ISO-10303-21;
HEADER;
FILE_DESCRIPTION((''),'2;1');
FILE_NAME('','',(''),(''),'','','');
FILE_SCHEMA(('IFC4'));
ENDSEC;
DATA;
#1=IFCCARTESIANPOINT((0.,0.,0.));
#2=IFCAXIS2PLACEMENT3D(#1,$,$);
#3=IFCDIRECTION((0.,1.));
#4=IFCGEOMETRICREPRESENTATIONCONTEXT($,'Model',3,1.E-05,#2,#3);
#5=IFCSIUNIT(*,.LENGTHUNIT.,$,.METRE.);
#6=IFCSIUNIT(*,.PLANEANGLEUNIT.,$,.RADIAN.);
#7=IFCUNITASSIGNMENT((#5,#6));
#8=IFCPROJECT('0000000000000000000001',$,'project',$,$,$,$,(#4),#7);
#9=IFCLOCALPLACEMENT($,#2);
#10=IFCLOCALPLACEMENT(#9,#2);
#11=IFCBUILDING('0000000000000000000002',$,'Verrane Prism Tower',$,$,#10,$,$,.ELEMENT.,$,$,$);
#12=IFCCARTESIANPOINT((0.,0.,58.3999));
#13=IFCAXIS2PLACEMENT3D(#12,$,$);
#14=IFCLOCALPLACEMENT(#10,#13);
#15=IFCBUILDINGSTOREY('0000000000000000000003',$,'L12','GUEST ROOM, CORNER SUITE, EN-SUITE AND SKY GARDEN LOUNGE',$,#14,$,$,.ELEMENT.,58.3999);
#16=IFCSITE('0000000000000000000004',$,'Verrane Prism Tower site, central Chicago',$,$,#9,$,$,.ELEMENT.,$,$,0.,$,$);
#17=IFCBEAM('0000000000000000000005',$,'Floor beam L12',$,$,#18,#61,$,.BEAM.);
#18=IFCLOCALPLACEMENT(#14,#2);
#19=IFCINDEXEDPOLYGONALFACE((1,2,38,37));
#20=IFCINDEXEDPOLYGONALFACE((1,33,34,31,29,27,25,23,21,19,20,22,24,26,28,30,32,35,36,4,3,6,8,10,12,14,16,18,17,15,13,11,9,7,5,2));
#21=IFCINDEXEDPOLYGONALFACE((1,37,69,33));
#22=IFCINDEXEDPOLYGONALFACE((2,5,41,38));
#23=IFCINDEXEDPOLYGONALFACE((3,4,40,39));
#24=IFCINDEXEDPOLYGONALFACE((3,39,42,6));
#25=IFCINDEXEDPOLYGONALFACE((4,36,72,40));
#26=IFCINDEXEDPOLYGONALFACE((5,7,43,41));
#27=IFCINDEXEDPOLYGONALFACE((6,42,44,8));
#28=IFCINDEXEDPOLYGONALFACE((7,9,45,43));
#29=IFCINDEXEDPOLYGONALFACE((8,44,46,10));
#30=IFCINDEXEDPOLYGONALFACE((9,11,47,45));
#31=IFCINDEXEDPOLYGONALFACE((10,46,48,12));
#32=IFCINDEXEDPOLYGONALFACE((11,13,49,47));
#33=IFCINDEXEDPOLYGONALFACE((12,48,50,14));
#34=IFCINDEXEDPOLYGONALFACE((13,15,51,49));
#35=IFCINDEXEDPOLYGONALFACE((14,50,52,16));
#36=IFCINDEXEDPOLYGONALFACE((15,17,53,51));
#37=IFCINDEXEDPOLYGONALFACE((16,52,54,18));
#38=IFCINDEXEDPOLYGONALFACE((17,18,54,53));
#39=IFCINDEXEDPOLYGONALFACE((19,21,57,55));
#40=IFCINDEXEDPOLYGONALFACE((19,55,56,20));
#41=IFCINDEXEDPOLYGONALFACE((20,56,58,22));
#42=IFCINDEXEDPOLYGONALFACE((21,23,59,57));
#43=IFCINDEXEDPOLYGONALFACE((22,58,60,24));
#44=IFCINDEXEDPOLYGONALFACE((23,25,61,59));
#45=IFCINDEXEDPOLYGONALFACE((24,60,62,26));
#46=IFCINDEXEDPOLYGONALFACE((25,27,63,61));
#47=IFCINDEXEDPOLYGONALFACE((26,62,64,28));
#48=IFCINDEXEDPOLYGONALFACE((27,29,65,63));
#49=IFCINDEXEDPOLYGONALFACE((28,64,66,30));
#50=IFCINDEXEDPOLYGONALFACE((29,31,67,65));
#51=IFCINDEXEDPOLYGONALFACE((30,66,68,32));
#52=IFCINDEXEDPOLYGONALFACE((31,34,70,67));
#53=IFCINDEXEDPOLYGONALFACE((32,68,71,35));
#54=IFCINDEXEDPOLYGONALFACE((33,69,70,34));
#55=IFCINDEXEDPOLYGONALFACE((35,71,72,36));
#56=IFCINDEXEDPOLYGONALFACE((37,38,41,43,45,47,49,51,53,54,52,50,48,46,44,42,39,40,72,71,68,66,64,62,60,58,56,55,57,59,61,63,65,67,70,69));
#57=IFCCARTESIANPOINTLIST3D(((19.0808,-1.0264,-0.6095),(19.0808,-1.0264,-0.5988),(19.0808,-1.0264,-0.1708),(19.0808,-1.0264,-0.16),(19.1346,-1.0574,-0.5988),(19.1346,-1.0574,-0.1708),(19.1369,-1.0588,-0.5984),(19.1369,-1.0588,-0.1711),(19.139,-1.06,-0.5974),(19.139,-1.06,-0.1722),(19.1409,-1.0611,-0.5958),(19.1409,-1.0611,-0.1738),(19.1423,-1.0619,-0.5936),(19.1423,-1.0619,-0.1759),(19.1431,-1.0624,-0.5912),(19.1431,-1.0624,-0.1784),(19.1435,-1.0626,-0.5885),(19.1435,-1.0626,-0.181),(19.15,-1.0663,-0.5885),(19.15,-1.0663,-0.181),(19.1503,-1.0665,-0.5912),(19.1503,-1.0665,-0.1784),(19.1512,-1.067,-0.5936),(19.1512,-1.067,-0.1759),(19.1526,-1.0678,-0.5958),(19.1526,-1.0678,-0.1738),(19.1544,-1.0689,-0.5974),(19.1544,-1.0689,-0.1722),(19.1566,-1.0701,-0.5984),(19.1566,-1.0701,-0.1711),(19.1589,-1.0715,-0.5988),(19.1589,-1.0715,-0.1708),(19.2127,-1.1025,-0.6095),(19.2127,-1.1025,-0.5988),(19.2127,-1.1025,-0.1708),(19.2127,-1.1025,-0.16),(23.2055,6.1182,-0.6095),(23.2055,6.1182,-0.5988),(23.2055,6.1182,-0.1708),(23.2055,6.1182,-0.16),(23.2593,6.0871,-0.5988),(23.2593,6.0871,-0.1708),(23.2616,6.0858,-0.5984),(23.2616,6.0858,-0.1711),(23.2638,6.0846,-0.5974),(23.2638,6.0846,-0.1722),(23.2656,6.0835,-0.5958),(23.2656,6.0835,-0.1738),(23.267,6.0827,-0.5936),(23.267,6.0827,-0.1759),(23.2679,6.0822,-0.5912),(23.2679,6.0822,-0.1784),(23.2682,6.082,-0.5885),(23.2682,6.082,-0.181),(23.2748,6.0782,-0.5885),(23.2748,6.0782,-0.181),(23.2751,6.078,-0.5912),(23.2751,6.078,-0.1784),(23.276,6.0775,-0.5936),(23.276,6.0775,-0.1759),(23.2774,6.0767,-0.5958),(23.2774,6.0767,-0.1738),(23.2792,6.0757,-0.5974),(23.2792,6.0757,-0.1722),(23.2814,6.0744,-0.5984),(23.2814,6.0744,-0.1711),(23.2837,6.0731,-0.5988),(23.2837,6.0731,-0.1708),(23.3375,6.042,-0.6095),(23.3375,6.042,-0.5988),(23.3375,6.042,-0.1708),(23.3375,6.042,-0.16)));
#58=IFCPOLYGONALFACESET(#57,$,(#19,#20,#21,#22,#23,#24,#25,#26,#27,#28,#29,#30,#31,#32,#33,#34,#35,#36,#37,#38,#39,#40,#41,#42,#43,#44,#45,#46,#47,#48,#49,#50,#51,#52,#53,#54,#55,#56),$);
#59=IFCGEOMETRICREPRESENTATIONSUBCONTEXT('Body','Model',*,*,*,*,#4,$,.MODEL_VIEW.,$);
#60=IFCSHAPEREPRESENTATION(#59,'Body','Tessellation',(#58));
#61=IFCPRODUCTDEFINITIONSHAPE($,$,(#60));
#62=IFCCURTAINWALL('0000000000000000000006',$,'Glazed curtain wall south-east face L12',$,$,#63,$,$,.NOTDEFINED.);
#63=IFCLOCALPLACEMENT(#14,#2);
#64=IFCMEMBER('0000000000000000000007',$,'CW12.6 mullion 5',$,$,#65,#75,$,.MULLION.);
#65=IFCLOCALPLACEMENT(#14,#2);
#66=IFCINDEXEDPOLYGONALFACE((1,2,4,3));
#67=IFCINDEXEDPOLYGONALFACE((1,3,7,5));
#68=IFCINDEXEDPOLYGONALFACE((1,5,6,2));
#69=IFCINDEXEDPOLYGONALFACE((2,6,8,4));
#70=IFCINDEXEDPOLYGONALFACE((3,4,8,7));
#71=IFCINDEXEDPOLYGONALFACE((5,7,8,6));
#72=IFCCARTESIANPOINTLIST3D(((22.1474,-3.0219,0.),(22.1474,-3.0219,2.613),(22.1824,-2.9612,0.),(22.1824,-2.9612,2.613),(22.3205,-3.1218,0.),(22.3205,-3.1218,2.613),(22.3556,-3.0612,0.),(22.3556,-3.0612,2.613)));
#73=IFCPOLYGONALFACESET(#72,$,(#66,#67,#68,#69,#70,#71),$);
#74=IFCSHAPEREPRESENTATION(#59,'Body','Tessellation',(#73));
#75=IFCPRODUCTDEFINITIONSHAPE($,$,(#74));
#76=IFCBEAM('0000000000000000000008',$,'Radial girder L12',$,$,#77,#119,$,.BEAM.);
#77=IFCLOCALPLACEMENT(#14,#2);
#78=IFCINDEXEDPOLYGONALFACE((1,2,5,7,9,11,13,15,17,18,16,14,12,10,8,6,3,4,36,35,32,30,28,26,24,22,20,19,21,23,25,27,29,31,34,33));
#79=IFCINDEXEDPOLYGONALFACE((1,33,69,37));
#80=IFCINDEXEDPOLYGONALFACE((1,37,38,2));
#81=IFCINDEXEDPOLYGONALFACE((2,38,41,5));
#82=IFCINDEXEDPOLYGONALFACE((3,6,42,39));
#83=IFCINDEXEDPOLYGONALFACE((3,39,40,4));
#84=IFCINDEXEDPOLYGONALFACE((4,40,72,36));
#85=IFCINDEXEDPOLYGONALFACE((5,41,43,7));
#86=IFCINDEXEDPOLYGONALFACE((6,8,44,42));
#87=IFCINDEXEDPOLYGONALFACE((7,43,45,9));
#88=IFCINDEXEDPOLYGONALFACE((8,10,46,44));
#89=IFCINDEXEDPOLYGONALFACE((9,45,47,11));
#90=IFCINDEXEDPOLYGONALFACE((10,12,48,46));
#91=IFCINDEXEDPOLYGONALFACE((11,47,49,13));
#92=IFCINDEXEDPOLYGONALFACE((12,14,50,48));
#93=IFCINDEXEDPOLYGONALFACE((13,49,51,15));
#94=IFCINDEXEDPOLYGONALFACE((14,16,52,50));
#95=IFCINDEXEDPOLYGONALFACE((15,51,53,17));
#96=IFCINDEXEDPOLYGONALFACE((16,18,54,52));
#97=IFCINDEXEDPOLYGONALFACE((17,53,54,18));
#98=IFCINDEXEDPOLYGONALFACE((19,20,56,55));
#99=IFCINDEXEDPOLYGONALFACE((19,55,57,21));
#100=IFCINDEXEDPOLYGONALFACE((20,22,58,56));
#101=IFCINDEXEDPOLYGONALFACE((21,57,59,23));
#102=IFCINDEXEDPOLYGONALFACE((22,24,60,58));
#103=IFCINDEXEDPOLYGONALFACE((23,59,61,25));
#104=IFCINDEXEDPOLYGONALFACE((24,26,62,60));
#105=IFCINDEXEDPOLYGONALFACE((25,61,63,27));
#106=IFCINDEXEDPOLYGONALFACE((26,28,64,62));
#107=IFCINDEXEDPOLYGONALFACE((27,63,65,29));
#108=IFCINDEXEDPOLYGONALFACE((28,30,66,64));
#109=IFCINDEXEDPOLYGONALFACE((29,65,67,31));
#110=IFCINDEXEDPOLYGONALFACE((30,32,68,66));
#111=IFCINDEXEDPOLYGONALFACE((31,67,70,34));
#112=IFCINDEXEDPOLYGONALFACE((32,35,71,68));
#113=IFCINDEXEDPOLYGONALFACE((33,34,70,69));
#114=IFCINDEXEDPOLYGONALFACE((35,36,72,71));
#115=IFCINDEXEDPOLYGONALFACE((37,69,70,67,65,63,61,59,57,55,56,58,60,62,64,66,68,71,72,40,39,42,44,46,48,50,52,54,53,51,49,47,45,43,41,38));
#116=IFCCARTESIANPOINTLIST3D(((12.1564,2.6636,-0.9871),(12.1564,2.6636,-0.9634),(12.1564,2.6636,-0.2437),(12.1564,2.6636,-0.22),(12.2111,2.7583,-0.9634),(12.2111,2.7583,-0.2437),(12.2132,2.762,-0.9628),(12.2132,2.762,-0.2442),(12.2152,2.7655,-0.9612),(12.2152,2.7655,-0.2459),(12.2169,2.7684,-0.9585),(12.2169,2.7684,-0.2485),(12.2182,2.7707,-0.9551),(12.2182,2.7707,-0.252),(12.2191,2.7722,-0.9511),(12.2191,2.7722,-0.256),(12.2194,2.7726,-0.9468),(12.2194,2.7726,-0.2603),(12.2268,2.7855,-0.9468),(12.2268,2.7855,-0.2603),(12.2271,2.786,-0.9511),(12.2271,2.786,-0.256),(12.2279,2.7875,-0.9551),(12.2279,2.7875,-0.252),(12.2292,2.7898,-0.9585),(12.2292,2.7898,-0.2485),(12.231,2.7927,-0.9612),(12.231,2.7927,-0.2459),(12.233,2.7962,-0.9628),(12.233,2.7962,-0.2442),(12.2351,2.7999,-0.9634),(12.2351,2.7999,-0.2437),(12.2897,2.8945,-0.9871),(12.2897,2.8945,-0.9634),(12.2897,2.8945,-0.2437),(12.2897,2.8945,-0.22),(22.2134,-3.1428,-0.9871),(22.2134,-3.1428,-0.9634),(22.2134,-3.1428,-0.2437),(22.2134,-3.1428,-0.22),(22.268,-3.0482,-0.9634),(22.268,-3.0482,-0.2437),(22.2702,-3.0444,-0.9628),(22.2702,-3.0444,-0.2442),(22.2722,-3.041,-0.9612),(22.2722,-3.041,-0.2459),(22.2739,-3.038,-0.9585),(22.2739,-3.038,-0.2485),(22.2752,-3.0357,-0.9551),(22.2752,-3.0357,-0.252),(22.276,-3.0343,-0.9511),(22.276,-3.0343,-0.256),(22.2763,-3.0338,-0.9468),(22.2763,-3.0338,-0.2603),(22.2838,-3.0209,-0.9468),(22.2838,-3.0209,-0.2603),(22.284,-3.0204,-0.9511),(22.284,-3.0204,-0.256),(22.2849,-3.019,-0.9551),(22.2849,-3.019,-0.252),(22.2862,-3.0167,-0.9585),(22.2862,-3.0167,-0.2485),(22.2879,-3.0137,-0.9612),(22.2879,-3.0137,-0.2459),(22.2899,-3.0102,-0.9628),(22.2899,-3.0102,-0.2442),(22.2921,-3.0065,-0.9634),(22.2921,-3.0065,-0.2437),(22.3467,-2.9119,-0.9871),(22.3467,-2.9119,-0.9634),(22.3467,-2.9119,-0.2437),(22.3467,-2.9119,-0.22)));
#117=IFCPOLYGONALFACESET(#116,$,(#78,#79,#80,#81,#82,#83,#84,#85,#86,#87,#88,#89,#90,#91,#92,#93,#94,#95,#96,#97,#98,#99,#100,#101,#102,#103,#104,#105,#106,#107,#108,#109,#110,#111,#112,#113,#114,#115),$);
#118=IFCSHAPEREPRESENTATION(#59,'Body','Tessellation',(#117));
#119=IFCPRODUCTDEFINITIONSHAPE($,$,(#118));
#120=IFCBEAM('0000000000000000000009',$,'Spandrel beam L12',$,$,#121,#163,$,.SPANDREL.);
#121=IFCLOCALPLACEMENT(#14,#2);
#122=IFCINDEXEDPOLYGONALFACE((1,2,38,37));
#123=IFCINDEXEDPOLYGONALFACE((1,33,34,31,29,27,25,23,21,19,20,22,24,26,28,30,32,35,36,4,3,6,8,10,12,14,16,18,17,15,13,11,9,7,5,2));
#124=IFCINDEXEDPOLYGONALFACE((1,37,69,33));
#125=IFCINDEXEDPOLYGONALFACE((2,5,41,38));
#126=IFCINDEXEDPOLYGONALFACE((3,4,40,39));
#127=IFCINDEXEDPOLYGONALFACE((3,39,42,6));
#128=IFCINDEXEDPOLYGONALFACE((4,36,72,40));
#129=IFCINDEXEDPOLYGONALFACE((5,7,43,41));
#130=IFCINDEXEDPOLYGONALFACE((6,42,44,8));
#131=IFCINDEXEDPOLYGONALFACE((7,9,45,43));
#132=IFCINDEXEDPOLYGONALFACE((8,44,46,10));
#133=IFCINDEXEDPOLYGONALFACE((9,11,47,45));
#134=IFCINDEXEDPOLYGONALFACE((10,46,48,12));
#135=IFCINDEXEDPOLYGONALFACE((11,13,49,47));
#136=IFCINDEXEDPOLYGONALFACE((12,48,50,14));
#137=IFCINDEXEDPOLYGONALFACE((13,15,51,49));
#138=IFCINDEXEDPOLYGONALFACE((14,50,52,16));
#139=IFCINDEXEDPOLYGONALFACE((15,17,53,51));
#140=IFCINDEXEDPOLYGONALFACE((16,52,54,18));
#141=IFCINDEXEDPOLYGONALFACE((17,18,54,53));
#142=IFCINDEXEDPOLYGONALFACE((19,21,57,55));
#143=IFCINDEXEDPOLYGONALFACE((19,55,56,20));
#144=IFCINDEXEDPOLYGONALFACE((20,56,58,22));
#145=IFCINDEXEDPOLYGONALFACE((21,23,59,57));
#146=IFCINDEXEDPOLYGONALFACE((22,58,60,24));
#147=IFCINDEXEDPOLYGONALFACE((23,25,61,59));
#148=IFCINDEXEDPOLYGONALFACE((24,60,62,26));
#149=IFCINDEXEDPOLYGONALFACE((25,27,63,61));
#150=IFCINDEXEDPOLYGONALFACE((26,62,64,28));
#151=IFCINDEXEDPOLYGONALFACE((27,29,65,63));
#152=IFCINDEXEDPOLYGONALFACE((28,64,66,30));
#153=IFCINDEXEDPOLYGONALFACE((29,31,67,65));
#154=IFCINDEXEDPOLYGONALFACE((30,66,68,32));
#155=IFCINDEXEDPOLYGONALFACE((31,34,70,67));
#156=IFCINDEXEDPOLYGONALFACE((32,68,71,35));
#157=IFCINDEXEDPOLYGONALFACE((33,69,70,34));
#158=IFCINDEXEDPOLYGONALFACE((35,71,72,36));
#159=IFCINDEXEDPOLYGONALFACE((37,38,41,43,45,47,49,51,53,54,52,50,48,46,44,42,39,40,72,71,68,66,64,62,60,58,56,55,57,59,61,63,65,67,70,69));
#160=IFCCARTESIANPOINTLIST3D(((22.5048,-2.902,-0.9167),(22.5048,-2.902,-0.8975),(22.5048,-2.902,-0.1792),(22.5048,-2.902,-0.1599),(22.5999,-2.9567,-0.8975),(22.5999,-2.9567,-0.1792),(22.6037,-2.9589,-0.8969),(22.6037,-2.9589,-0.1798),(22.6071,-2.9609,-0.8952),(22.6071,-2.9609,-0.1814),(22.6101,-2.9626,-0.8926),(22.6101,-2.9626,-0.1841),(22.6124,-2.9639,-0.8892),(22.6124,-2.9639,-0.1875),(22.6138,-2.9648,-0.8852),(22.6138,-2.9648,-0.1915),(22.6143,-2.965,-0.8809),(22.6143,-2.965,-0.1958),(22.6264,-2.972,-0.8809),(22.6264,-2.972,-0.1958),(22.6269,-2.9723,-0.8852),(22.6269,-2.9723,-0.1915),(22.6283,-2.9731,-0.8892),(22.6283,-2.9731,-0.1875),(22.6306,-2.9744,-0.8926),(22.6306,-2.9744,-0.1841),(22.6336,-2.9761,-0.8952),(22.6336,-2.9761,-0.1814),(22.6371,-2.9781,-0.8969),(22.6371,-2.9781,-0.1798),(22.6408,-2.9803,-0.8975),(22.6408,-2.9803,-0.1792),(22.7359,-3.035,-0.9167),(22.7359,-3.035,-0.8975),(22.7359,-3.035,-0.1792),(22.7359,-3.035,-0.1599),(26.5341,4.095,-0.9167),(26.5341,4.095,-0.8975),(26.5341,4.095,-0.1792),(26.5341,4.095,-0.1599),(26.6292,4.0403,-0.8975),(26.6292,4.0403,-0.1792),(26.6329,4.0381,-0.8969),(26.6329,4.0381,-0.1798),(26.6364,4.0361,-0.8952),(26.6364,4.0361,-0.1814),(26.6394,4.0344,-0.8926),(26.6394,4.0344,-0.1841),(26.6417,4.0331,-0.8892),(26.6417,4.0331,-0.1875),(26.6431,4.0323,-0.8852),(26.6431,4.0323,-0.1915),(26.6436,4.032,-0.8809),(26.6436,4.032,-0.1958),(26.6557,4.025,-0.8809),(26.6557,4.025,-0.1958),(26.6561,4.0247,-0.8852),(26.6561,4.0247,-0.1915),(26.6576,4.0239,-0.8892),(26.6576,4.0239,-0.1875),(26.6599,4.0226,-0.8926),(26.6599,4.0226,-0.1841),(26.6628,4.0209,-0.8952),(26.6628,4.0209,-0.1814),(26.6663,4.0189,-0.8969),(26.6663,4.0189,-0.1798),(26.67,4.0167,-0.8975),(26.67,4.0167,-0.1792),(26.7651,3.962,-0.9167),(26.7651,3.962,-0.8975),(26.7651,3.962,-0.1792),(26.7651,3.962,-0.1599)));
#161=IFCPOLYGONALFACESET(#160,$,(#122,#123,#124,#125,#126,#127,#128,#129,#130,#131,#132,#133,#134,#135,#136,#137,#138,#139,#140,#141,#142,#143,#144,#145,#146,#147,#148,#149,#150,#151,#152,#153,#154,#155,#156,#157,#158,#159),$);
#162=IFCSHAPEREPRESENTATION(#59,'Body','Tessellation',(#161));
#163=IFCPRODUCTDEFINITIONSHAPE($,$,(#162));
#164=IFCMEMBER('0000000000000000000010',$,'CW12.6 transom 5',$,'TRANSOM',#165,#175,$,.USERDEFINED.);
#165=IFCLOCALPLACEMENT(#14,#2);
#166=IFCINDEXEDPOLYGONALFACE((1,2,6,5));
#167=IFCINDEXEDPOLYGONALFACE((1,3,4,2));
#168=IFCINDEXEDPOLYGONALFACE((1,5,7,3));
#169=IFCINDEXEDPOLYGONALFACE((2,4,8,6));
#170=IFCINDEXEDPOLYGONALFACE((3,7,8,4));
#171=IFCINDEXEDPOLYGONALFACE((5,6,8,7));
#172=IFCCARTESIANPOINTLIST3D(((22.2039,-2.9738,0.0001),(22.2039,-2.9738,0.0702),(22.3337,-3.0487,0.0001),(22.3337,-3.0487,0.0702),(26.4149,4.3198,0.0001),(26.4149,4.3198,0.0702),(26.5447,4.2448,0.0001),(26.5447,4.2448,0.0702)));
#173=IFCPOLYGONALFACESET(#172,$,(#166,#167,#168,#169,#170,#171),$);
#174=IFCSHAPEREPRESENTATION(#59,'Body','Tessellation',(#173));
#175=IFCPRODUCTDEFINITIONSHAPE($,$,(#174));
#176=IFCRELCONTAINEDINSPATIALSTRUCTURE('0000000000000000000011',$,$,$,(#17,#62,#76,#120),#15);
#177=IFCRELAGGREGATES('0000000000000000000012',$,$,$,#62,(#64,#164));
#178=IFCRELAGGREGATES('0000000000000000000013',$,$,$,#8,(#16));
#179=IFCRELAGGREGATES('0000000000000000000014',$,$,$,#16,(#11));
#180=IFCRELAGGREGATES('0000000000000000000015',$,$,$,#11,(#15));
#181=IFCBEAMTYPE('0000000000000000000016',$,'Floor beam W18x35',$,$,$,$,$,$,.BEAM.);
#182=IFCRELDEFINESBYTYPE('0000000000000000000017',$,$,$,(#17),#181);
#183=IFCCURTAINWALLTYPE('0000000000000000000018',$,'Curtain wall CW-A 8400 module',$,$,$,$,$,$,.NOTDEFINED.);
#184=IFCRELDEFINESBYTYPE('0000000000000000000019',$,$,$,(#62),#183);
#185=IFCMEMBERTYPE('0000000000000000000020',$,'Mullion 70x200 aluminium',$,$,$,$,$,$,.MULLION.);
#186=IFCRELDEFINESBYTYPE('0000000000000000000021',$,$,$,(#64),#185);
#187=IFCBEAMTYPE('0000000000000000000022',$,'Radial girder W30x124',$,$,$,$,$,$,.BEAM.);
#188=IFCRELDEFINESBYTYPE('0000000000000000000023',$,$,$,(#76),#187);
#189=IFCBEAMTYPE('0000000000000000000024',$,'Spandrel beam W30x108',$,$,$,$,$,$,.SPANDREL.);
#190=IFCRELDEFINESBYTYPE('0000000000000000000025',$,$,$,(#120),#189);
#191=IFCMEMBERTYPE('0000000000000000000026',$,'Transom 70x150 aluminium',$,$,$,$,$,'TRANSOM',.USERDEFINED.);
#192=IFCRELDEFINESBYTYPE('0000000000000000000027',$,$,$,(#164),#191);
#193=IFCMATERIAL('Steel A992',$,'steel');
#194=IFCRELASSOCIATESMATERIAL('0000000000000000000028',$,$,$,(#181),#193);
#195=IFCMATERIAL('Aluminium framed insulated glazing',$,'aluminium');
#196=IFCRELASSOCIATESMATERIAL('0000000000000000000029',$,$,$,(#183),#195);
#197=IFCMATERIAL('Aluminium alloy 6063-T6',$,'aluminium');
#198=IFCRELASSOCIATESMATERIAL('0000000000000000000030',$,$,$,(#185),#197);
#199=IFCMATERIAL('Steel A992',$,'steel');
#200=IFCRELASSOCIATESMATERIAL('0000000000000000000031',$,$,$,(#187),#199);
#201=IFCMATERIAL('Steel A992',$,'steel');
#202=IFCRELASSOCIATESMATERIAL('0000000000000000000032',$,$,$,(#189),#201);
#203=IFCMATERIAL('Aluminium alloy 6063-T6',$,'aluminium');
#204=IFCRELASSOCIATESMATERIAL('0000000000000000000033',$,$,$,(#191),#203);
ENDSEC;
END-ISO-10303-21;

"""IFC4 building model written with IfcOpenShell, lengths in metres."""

from ifc_helpers import new_model, si_unit, direction, frame, origin, origin_2d, place, context, subcontext, project, spatial, rectangle, i_section, extrude, material, material_profile, profile_set, type_object, element, aggregate, save


model = new_model("IFC4")

# Units and contexts
model_context = context("Model", 3, precision=1e-05, world=origin(), true_north=direction((0.0, 1.0)))
body_context = subcontext(model_context, "Body", "Model", "MODEL_VIEW")
ifc_project = project(units=[si_unit("LENGTHUNIT", "METRE"), si_unit("PLANEANGLEUNIT", "RADIAN")], contexts=[model_context])

# Site, building, storey
site_placement = place(None, origin())
site = spatial("IfcSite", under=ifc_project, at=site_placement, Name="Verrane Prism Tower site, central Chicago", CompositionType="ELEMENT", RefElevation=0.0)
building_placement = place(site_placement, origin())
building = spatial("IfcBuilding", under=site, at=building_placement, Name="Verrane Prism Tower", CompositionType="ELEMENT")
storey_placement = place(building_placement, frame((0.0, 0.0, 58.3999)))
storey = spatial("IfcBuildingStorey", under=building, at=storey_placement, Name="L12", Description="GUEST ROOM, CORNER SUITE, EN-SUITE AND SKY GARDEN LOUNGE", CompositionType="ELEMENT", Elevation=58.3999)

# Beam
ifc_material_1 = material(Name="Steel A992", Category="steel")
ifc_material_profile_1 = material_profile(ifc_material_1, i_section(OverallWidth=0.1523, OverallDepth=0.4495, WebThickness=0.0076, FlangeThickness=0.0107, FilletRadius=0.0103, at=origin_2d()), Name="W18x35")
ifc_profile_set_1 = profile_set([ifc_material_profile_1], Name="Steel A992")
beam_type_1 = type_object("IfcBeamType", Name="Floor beam W18x35", PredefinedType="BEAM", material=ifc_profile_set_1)
beam_1_placement = place(storey_placement, frame((19.1467, -1.0645, -0.3848), z_axis=(0.499987, 0.866033, 0.0), x_axis=(-0.866033, 0.499987, 0.0)))
element("IfcBeam", 1, at=beam_1_placement, inside=storey, type_object=beam_type_1, Name="Floor beam L12", PredefinedType="BEAM", context=body_context, shape_type="SweptSolid", body=[
    extrude(i_section(OverallWidth=0.1523, OverallDepth=0.4495, WebThickness=0.0076, FlangeThickness=0.0107, FilletRadius=0.0103, at=origin_2d()), origin(), (0.0, 0.0, 1.0), 8.2498),
])

# Curtain wall, member
ifc_material_2 = material(Name="Aluminium framed insulated glazing", Category="aluminium")
curtain_wall_type = type_object("IfcCurtainWallType", Name="Curtain wall CW-A 8400 module", PredefinedType="NOTDEFINED", material=ifc_material_2)
curtain_wall_placement = place(storey_placement, origin())
curtain_wall = element("IfcCurtainWall", 2, at=curtain_wall_placement, inside=storey, type_object=curtain_wall_type, Name="Glazed curtain wall south-east face L12", PredefinedType="NOTDEFINED")
ifc_material_3 = material(Name="Aluminium alloy 6063-T6", Category="aluminium")
ifc_material_profile_2 = material_profile(ifc_material_3, rectangle(XDim=0.2, YDim=0.0701, at=origin_2d()), Name="Mullion 70x200 aluminium")
ifc_profile_set_2 = profile_set([ifc_material_profile_2], Name="Aluminium alloy 6063-T6")
member_type_1 = type_object("IfcMemberType", Name="Mullion 70x200 aluminium", PredefinedType="MULLION", material=ifc_profile_set_2)
member_1_placement = place(storey_placement, frame((22.2515, -3.0415, 0.0), z_axis=(0.0, 0.0, 1.0), x_axis=(-0.866026, 0.499999, 0.0)))
member_1 = element("IfcMember", 3, at=member_1_placement, type_object=member_type_1, Name="CW12.6 mullion 5", PredefinedType="MULLION", context=body_context, shape_type="SweptSolid", body=[
    extrude(rectangle(XDim=0.2, YDim=0.0701, at=origin_2d()), origin(), (0.0, 0.0, 1.0), 2.613),
])

# Beams
ifc_material_4 = material(Name="Steel A992", Category="steel")
ifc_material_profile_3 = material_profile(ifc_material_4, i_section(OverallWidth=0.2666, OverallDepth=0.7671, WebThickness=0.0149, FlangeThickness=0.0237, FilletRadius=0.0166, at=origin_2d()), Name="W30x124")
ifc_profile_set_3 = profile_set([ifc_material_profile_3], Name="Steel A992")
beam_type_2 = type_object("IfcBeamType", Name="Radial girder W30x124", PredefinedType="BEAM", material=ifc_profile_set_3)
beam_2_placement = place(storey_placement, frame((22.28, -3.0273, -0.6035), z_axis=(-0.866023, 0.500003, 0.0), x_axis=(-0.500003, -0.866023, 0.0)))
element("IfcBeam", 4, at=beam_2_placement, inside=storey, type_object=beam_type_2, Name="Radial girder L12", PredefinedType="BEAM", context=body_context, shape_type="SweptSolid", body=[
    extrude(i_section(OverallWidth=0.2666, OverallDepth=0.7671, WebThickness=0.0149, FlangeThickness=0.0237, FilletRadius=0.0166, at=origin_2d()), origin(), (0.0, 0.0, 1.0), 11.6128),
])
ifc_material_5 = material(Name="Steel A992", Category="steel")
ifc_material_profile_4 = material_profile(ifc_material_5, i_section(OverallWidth=0.2666, OverallDepth=0.7568, WebThickness=0.0139, FlangeThickness=0.0193, FilletRadius=0.0166, at=origin_2d()), Name="W30x108")
ifc_profile_set_4 = profile_set([ifc_material_profile_4], Name="Steel A992")
beam_type_3 = type_object("IfcBeamType", Name="Spandrel beam W30x108", PredefinedType="SPANDREL", material=ifc_profile_set_4)
beam_3_placement = place(storey_placement, frame((22.6204, -2.9685, -0.5383), z_axis=(0.499028, 0.866586, 0.0), x_axis=(-0.866586, 0.499028, 0.0)))
element("IfcBeam", 5, at=beam_3_placement, inside=storey, type_object=beam_type_3, Name="Spandrel beam L12", PredefinedType="SPANDREL", context=body_context, shape_type="SweptSolid", body=[
    extrude(i_section(OverallWidth=0.2666, OverallDepth=0.7568, WebThickness=0.0139, FlangeThickness=0.0193, FilletRadius=0.0166, at=origin_2d()), origin(), (0.0, 0.0, 1.0), 8.0742),
])

# Member
ifc_material_6 = material(Name="Aluminium alloy 6063-T6", Category="aluminium")
ifc_material_profile_5 = material_profile(ifc_material_6, rectangle(XDim=0.1499, YDim=0.0701, at=origin_2d()), Name="Transom 70x150 aluminium")
ifc_profile_set_5 = profile_set([ifc_material_profile_5], Name="Aluminium alloy 6063-T6")
member_type_2 = type_object("IfcMemberType", Name="Transom 70x150 aluminium", ElementType="TRANSOM", PredefinedType="USERDEFINED", material=ifc_profile_set_5)
member_2_placement = place(storey_placement, frame((22.2688, -3.0112, 0.0352), z_axis=(0.500005, 0.866022, 0.0), x_axis=(-0.866022, 0.500005, 0.0)))
member_2 = element("IfcMember", 6, at=member_2_placement, type_object=member_type_2, Name="CW12.6 transom 5", ObjectType="TRANSOM", PredefinedType="USERDEFINED", context=body_context, shape_type="SweptSolid", body=[
    extrude(rectangle(XDim=0.1499, YDim=0.0701, at=origin_2d()), origin(), (0.0, 0.0, 1.0), 8.4219),
])

aggregate(curtain_wall, [member_1, member_2])

save(model, "model.ifc")
